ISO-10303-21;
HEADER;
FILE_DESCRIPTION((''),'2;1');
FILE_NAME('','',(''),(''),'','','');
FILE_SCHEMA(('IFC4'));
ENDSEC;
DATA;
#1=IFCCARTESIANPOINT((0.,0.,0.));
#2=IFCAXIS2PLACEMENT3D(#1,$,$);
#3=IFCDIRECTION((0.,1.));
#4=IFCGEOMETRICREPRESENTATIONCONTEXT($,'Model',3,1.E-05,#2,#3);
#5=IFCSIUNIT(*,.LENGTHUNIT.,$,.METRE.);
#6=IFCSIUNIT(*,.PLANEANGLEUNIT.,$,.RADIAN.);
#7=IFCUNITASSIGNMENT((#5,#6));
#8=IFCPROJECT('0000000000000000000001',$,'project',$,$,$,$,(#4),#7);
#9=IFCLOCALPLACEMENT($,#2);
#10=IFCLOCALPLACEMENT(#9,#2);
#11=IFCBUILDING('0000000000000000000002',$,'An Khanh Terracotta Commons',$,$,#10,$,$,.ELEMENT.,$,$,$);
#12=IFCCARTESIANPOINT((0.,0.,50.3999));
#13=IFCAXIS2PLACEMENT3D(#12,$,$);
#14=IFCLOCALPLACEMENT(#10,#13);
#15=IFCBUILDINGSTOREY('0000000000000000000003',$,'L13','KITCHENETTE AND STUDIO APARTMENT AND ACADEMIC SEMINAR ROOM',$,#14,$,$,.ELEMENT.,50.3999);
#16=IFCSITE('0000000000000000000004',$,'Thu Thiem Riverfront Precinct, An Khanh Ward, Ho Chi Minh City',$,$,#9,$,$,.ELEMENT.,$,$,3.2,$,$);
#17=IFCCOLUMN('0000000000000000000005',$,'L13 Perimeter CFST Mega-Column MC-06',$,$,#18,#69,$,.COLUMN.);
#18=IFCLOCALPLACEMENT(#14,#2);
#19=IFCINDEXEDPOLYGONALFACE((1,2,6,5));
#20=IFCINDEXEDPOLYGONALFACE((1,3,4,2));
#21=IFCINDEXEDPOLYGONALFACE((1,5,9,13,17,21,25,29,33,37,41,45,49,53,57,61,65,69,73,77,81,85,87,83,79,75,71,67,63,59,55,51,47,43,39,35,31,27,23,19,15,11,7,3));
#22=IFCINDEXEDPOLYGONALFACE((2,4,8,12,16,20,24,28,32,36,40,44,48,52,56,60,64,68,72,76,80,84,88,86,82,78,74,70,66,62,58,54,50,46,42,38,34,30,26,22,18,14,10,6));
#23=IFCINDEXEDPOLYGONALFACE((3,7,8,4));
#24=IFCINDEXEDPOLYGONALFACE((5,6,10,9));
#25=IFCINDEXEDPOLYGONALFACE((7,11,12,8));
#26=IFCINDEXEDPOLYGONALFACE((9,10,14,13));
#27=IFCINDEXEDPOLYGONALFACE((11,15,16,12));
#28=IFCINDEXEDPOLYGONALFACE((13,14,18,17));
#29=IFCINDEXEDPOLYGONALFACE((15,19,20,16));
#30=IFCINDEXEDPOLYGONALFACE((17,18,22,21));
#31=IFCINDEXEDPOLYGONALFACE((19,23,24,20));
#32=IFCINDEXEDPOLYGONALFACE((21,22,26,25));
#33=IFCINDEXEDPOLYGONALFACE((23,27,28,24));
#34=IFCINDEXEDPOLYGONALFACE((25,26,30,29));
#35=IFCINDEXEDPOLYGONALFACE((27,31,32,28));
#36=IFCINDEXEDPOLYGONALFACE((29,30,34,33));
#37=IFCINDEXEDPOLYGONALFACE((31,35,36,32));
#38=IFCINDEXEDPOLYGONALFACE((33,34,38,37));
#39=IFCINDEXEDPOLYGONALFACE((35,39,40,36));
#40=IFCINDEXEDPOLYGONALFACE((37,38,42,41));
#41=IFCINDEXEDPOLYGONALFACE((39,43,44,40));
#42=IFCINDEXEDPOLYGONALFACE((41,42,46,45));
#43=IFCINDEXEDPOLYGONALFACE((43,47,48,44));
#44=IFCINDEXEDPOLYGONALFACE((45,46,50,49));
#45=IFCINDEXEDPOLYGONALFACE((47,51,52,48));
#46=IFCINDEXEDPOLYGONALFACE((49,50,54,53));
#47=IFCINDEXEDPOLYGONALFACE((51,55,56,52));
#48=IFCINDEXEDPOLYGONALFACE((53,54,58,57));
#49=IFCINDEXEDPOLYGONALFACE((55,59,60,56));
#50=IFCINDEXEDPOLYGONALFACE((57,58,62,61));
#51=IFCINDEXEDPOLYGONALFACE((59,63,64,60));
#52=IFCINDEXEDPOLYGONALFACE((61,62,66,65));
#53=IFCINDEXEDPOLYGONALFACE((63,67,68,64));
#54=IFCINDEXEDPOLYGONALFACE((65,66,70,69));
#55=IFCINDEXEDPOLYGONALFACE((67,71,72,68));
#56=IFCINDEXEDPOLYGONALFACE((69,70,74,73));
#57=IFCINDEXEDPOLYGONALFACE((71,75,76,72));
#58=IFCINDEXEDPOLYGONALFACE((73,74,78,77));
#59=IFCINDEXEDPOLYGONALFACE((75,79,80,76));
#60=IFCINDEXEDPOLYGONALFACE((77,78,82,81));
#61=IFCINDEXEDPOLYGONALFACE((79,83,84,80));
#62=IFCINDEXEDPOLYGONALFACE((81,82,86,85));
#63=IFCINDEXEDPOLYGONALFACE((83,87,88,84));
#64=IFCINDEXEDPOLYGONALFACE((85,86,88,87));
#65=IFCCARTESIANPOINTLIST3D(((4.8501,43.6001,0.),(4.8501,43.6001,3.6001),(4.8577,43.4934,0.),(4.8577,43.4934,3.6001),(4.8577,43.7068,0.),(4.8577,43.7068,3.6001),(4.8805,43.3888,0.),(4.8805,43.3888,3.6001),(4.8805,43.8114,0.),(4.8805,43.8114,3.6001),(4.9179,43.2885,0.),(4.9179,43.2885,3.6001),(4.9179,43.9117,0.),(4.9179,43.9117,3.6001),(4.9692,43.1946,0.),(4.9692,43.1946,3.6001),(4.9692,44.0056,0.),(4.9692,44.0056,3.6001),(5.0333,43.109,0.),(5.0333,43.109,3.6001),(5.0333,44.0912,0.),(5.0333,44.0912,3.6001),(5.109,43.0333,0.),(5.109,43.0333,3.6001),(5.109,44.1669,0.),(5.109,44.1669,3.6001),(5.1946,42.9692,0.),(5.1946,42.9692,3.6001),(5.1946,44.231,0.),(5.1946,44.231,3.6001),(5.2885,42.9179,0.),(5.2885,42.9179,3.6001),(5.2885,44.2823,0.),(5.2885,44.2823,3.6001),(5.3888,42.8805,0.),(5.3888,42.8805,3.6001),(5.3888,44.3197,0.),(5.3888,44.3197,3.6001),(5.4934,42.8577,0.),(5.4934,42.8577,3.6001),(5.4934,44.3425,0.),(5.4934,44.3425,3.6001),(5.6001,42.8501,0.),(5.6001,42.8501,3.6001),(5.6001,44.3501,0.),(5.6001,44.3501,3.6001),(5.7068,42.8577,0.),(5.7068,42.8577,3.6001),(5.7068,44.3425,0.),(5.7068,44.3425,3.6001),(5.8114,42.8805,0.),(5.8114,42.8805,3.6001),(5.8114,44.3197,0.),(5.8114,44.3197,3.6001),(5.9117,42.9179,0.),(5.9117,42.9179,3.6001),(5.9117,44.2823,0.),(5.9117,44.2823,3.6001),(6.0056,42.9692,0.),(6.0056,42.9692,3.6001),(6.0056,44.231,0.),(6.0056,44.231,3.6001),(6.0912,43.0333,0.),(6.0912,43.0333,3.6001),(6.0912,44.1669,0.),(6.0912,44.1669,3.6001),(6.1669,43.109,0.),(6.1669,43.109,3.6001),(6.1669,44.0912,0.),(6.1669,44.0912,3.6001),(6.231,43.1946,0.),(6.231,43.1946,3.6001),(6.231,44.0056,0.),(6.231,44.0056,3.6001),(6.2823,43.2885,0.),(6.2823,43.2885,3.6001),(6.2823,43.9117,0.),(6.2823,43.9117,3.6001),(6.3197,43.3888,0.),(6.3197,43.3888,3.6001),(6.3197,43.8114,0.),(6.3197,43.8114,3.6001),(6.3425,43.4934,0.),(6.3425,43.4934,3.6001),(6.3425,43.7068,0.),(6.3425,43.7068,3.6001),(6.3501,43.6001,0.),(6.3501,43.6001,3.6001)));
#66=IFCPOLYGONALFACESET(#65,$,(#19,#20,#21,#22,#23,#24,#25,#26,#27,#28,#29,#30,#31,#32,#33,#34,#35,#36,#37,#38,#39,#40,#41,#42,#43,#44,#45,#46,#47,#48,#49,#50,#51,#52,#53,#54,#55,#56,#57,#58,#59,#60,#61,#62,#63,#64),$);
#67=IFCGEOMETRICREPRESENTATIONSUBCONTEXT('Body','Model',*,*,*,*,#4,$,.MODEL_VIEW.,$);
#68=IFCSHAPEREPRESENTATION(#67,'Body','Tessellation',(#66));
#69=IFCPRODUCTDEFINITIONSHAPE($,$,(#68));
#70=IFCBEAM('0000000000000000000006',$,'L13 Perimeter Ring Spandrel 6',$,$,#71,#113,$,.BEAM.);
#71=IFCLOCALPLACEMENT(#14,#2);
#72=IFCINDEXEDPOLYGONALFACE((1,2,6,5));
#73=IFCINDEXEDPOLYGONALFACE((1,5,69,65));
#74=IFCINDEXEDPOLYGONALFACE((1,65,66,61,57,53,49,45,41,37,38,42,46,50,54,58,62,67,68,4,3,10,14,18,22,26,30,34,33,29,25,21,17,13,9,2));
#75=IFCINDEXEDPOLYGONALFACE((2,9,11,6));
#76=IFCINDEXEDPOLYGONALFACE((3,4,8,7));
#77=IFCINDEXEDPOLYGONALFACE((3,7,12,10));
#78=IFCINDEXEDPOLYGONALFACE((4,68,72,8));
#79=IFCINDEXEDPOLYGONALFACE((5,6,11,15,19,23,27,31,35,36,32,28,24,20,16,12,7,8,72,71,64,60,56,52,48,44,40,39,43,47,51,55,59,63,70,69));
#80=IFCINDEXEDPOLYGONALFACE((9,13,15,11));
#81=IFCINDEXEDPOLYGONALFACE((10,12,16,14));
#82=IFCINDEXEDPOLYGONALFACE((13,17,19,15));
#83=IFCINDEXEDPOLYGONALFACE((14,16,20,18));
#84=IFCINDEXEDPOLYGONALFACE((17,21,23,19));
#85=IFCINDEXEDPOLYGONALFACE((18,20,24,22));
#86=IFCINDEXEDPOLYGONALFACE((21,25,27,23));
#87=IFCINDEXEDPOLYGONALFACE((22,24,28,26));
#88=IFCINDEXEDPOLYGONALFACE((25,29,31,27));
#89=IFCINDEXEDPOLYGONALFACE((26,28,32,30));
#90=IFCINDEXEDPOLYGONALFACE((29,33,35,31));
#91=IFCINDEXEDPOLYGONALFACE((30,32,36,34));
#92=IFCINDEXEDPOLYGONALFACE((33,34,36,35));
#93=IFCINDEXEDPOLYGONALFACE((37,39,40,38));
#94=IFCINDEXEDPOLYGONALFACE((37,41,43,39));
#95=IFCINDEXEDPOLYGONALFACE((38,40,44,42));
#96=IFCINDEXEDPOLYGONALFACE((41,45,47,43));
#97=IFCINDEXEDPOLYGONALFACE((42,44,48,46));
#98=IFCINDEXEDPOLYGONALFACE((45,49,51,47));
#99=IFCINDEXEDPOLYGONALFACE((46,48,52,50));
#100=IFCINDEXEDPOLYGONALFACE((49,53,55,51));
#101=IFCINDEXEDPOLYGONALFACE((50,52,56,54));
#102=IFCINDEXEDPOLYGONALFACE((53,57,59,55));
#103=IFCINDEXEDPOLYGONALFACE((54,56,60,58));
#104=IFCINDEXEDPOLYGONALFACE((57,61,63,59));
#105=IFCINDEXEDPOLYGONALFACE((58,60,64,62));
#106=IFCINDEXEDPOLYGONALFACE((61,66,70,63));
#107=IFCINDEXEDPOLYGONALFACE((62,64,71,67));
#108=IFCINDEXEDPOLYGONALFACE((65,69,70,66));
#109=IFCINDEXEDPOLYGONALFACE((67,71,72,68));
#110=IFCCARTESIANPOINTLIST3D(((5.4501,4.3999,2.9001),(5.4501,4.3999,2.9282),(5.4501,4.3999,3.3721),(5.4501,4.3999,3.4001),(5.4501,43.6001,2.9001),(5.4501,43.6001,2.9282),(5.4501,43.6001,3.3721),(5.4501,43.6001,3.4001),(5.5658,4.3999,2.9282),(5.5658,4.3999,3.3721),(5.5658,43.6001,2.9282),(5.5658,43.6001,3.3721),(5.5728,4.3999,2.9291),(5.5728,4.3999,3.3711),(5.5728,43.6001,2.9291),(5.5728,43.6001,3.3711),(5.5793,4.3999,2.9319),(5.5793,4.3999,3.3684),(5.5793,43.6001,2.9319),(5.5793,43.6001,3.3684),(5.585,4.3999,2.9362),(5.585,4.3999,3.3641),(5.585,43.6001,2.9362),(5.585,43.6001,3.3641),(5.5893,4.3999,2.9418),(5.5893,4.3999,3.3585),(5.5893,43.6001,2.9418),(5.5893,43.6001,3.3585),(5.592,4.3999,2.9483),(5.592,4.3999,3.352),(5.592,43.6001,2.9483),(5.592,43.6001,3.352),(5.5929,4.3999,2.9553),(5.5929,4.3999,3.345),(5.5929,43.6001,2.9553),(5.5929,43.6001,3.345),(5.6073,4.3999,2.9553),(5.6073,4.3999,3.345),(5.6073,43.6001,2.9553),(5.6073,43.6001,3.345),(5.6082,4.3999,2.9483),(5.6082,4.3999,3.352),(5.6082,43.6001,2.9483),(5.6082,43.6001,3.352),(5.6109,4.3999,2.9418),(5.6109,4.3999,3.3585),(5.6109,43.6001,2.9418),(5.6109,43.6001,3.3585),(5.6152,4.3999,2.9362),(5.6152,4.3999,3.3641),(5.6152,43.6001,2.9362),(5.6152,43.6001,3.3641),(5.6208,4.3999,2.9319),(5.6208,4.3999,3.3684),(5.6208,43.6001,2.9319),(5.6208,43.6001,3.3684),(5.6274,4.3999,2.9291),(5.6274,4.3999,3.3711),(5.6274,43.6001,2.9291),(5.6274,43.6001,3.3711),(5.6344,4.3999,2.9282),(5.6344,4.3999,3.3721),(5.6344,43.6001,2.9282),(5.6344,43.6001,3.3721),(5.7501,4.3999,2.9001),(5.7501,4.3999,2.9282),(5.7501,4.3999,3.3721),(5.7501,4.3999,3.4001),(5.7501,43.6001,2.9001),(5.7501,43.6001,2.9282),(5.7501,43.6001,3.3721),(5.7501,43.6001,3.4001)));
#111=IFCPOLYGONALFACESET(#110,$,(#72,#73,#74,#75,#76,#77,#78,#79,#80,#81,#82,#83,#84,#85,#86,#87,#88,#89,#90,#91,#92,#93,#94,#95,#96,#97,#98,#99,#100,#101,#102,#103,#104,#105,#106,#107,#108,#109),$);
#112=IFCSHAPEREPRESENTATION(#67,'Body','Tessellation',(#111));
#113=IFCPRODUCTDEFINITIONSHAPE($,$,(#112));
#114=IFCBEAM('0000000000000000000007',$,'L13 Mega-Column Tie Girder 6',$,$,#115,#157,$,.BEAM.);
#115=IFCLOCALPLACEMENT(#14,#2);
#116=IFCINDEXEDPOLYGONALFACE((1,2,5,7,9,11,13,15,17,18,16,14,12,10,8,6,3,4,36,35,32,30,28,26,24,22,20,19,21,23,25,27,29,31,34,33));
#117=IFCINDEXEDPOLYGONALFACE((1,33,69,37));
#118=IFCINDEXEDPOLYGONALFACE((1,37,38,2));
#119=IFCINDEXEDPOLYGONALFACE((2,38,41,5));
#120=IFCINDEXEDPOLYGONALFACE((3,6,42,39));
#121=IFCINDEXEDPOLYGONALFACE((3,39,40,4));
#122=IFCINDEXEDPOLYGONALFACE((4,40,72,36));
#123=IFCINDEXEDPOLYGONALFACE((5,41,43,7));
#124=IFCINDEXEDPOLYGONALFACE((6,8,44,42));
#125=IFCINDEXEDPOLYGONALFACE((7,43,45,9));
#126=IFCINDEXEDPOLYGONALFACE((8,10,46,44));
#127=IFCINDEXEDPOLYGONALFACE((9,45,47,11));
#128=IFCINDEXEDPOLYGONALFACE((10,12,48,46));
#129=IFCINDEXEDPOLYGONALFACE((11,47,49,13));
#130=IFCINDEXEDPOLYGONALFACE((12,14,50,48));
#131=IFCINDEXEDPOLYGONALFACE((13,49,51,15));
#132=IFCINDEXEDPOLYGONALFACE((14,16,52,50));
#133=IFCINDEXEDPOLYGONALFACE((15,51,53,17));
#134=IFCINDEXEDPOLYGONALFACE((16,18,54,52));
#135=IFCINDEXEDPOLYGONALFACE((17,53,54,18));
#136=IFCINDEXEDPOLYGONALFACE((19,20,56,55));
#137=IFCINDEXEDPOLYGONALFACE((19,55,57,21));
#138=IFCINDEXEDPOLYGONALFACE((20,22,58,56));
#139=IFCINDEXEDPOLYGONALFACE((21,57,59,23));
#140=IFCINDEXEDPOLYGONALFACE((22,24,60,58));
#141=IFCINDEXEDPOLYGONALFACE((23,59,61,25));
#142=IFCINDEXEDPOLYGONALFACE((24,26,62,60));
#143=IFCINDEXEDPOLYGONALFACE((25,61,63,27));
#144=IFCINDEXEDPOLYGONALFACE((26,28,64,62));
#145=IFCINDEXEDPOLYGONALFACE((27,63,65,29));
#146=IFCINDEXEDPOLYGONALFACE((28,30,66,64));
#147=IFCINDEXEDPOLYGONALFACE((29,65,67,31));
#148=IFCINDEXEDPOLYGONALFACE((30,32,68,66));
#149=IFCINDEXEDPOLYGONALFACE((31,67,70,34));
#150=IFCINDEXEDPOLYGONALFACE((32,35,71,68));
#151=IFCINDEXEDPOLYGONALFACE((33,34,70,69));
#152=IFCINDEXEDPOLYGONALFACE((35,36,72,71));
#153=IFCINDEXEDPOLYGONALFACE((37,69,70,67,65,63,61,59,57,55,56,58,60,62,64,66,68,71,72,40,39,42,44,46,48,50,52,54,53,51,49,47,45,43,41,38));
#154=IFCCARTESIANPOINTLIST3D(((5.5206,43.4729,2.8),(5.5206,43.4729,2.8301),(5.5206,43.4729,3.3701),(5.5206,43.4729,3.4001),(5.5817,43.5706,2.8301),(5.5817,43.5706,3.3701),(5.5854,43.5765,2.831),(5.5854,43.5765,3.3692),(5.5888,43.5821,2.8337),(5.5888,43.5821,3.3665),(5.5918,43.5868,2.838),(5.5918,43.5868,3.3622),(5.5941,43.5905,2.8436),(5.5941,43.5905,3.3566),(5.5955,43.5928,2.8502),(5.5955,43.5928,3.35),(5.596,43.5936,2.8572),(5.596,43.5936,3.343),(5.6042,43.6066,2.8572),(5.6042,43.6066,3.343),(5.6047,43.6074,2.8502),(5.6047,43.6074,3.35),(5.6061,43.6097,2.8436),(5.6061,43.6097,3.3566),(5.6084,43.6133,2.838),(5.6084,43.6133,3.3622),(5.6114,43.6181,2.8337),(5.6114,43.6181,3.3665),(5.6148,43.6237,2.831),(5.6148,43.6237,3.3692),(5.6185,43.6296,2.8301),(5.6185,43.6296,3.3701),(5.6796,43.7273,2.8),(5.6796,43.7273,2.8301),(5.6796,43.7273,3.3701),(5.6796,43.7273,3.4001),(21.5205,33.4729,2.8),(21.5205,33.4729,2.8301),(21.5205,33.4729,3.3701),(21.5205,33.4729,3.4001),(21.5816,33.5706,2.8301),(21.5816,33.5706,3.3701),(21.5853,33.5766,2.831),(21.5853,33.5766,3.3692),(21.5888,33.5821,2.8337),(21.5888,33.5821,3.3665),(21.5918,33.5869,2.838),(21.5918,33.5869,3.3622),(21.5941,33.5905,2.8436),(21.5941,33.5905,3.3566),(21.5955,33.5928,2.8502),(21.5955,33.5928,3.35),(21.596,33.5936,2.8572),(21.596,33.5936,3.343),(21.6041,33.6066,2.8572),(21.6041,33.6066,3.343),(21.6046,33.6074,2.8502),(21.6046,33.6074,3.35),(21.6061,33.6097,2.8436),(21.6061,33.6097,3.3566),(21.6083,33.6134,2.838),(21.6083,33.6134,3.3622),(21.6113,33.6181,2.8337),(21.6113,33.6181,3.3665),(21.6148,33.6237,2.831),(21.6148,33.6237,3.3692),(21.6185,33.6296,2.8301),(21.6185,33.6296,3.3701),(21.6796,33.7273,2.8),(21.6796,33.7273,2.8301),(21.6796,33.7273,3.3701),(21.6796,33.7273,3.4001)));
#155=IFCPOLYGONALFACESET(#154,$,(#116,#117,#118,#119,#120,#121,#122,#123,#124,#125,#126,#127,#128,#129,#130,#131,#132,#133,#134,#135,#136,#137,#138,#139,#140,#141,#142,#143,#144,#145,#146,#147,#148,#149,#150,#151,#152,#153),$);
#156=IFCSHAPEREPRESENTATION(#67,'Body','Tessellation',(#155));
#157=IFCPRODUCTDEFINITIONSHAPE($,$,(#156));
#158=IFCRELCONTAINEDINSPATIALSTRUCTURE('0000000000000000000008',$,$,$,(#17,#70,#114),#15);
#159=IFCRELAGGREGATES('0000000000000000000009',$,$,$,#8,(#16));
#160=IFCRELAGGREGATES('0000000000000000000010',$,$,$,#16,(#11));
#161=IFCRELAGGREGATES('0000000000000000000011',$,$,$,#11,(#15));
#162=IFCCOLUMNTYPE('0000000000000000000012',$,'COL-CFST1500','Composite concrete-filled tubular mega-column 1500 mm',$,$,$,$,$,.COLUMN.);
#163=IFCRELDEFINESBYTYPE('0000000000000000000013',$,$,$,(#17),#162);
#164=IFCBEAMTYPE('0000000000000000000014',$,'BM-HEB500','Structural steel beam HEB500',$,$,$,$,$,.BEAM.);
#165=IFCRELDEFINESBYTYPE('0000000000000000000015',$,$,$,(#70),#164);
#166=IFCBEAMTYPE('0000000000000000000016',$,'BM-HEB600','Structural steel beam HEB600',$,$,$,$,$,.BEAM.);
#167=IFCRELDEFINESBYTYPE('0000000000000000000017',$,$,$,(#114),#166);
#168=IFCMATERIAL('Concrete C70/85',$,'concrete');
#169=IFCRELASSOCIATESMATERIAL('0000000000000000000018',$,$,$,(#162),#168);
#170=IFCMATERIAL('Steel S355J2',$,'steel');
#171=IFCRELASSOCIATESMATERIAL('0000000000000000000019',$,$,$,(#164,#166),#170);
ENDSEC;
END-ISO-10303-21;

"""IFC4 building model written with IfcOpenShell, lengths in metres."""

from ifc_helpers import new_model, si_unit, direction, frame, origin, origin_2d, place, context, subcontext, project, spatial, circle, i_section, extrude, material, material_profile, profile_set, type_object, element, save


model = new_model("IFC4")

# Units and contexts
model_context = context("Model", 3, precision=1e-05, world=origin(), true_north=direction((0.0, 1.0)))
body_context = subcontext(model_context, "Body", "Model", "MODEL_VIEW")
ifc_project = project(units=[si_unit("LENGTHUNIT", "METRE"), si_unit("PLANEANGLEUNIT", "RADIAN")], contexts=[model_context])

# Site, building, storey
site_placement = place(None, origin())
site = spatial("IfcSite", under=ifc_project, at=site_placement, Name="Thu Thiem Riverfront Precinct, An Khanh Ward, Ho Chi Minh City", CompositionType="ELEMENT", RefElevation=3.2)
building_placement = place(site_placement, origin())
building = spatial("IfcBuilding", under=site, at=building_placement, Name="An Khanh Terracotta Commons", CompositionType="ELEMENT")
storey_placement = place(building_placement, frame((0.0, 0.0, 50.3999)))
storey = spatial("IfcBuildingStorey", under=building, at=storey_placement, Name="L13", Description="KITCHENETTE AND STUDIO APARTMENT AND ACADEMIC SEMINAR ROOM", CompositionType="ELEMENT", Elevation=50.3999)

# Column
ifc_material_1 = material(Name="Concrete C70/85", Category="concrete")
ifc_material_profile_1 = material_profile(ifc_material_1, circle(Radius=0.75, at=origin_2d()), Name="CFST1500")
ifc_profile_set_1 = profile_set([ifc_material_profile_1], Name="Concrete C70/85")
column_type = type_object("IfcColumnType", Name="COL-CFST1500", Description="Composite concrete-filled tubular mega-column 1500 mm", PredefinedType="COLUMN", material=ifc_profile_set_1)
column_placement = place(storey_placement, frame((5.6001, 43.6001, 0.0), z_axis=(0.0, 0.0, 1.0), x_axis=(1.0, 0.0, 0.0)))
element("IfcColumn", 1, at=column_placement, inside=storey, type_object=column_type, Name="L13 Perimeter CFST Mega-Column MC-06", PredefinedType="COLUMN", context=body_context, shape_type="SweptSolid", body=[
    extrude(circle(Radius=0.75, at=origin_2d()), origin(), (0.0, 0.0, 1.0), 3.6001),
])

# Beams
ifc_material_2 = material(Name="Steel S355J2", Category="steel")
ifc_material_profile_2 = material_profile(ifc_material_2, i_section(OverallWidth=0.3, OverallDepth=0.5, WebThickness=0.0144, FlangeThickness=0.0281, FilletRadius=0.0271, at=origin_2d()), Name="HEB500")
ifc_profile_set_2 = profile_set([ifc_material_profile_2], Name="Steel S355J2")
beam_type_1 = type_object("IfcBeamType", Name="BM-HEB500", Description="Structural steel beam HEB500", PredefinedType="BEAM", material=ifc_profile_set_2)
beam_1_placement = place(storey_placement, frame((5.6001, 43.6001, 3.1501), z_axis=(0.0, -1.0, 0.0), x_axis=(1.0, 0.0, 0.0)))
element("IfcBeam", 2, at=beam_1_placement, inside=storey, type_object=beam_type_1, Name="L13 Perimeter Ring Spandrel 6", PredefinedType="BEAM", context=body_context, shape_type="SweptSolid", body=[
    extrude(i_section(OverallWidth=0.3, OverallDepth=0.5, WebThickness=0.0144, FlangeThickness=0.0281, FilletRadius=0.0271, at=origin_2d()), origin(), (0.0, 0.0, 1.0), 39.2002),
])
ifc_material_profile_3 = material_profile(ifc_material_2, i_section(OverallWidth=0.3, OverallDepth=0.6001, WebThickness=0.0154, FlangeThickness=0.03, FilletRadius=0.0271, at=origin_2d()), Name="HEB600")
ifc_profile_set_3 = profile_set([ifc_material_profile_3], Name="Steel S355J2")
beam_type_2 = type_object("IfcBeamType", Name="BM-HEB600", Description="Structural steel beam HEB600", PredefinedType="BEAM", material=ifc_profile_set_3)
beam_2_placement = place(storey_placement, frame((5.6001, 43.6001, 3.1001), z_axis=(0.847998, -0.529999, 0.0), x_axis=(0.529999, 0.847998, 0.0)))
element("IfcBeam", 3, at=beam_2_placement, inside=storey, type_object=beam_type_2, Name="L13 Mega-Column Tie Girder 6", PredefinedType="BEAM", context=body_context, shape_type="SweptSolid", body=[
    extrude(i_section(OverallWidth=0.3, OverallDepth=0.6001, WebThickness=0.0154, FlangeThickness=0.03, FilletRadius=0.0271, at=origin_2d()), origin(), (0.0, 0.0, 1.0), 18.8679),
])

save(model, "model.ifc")
